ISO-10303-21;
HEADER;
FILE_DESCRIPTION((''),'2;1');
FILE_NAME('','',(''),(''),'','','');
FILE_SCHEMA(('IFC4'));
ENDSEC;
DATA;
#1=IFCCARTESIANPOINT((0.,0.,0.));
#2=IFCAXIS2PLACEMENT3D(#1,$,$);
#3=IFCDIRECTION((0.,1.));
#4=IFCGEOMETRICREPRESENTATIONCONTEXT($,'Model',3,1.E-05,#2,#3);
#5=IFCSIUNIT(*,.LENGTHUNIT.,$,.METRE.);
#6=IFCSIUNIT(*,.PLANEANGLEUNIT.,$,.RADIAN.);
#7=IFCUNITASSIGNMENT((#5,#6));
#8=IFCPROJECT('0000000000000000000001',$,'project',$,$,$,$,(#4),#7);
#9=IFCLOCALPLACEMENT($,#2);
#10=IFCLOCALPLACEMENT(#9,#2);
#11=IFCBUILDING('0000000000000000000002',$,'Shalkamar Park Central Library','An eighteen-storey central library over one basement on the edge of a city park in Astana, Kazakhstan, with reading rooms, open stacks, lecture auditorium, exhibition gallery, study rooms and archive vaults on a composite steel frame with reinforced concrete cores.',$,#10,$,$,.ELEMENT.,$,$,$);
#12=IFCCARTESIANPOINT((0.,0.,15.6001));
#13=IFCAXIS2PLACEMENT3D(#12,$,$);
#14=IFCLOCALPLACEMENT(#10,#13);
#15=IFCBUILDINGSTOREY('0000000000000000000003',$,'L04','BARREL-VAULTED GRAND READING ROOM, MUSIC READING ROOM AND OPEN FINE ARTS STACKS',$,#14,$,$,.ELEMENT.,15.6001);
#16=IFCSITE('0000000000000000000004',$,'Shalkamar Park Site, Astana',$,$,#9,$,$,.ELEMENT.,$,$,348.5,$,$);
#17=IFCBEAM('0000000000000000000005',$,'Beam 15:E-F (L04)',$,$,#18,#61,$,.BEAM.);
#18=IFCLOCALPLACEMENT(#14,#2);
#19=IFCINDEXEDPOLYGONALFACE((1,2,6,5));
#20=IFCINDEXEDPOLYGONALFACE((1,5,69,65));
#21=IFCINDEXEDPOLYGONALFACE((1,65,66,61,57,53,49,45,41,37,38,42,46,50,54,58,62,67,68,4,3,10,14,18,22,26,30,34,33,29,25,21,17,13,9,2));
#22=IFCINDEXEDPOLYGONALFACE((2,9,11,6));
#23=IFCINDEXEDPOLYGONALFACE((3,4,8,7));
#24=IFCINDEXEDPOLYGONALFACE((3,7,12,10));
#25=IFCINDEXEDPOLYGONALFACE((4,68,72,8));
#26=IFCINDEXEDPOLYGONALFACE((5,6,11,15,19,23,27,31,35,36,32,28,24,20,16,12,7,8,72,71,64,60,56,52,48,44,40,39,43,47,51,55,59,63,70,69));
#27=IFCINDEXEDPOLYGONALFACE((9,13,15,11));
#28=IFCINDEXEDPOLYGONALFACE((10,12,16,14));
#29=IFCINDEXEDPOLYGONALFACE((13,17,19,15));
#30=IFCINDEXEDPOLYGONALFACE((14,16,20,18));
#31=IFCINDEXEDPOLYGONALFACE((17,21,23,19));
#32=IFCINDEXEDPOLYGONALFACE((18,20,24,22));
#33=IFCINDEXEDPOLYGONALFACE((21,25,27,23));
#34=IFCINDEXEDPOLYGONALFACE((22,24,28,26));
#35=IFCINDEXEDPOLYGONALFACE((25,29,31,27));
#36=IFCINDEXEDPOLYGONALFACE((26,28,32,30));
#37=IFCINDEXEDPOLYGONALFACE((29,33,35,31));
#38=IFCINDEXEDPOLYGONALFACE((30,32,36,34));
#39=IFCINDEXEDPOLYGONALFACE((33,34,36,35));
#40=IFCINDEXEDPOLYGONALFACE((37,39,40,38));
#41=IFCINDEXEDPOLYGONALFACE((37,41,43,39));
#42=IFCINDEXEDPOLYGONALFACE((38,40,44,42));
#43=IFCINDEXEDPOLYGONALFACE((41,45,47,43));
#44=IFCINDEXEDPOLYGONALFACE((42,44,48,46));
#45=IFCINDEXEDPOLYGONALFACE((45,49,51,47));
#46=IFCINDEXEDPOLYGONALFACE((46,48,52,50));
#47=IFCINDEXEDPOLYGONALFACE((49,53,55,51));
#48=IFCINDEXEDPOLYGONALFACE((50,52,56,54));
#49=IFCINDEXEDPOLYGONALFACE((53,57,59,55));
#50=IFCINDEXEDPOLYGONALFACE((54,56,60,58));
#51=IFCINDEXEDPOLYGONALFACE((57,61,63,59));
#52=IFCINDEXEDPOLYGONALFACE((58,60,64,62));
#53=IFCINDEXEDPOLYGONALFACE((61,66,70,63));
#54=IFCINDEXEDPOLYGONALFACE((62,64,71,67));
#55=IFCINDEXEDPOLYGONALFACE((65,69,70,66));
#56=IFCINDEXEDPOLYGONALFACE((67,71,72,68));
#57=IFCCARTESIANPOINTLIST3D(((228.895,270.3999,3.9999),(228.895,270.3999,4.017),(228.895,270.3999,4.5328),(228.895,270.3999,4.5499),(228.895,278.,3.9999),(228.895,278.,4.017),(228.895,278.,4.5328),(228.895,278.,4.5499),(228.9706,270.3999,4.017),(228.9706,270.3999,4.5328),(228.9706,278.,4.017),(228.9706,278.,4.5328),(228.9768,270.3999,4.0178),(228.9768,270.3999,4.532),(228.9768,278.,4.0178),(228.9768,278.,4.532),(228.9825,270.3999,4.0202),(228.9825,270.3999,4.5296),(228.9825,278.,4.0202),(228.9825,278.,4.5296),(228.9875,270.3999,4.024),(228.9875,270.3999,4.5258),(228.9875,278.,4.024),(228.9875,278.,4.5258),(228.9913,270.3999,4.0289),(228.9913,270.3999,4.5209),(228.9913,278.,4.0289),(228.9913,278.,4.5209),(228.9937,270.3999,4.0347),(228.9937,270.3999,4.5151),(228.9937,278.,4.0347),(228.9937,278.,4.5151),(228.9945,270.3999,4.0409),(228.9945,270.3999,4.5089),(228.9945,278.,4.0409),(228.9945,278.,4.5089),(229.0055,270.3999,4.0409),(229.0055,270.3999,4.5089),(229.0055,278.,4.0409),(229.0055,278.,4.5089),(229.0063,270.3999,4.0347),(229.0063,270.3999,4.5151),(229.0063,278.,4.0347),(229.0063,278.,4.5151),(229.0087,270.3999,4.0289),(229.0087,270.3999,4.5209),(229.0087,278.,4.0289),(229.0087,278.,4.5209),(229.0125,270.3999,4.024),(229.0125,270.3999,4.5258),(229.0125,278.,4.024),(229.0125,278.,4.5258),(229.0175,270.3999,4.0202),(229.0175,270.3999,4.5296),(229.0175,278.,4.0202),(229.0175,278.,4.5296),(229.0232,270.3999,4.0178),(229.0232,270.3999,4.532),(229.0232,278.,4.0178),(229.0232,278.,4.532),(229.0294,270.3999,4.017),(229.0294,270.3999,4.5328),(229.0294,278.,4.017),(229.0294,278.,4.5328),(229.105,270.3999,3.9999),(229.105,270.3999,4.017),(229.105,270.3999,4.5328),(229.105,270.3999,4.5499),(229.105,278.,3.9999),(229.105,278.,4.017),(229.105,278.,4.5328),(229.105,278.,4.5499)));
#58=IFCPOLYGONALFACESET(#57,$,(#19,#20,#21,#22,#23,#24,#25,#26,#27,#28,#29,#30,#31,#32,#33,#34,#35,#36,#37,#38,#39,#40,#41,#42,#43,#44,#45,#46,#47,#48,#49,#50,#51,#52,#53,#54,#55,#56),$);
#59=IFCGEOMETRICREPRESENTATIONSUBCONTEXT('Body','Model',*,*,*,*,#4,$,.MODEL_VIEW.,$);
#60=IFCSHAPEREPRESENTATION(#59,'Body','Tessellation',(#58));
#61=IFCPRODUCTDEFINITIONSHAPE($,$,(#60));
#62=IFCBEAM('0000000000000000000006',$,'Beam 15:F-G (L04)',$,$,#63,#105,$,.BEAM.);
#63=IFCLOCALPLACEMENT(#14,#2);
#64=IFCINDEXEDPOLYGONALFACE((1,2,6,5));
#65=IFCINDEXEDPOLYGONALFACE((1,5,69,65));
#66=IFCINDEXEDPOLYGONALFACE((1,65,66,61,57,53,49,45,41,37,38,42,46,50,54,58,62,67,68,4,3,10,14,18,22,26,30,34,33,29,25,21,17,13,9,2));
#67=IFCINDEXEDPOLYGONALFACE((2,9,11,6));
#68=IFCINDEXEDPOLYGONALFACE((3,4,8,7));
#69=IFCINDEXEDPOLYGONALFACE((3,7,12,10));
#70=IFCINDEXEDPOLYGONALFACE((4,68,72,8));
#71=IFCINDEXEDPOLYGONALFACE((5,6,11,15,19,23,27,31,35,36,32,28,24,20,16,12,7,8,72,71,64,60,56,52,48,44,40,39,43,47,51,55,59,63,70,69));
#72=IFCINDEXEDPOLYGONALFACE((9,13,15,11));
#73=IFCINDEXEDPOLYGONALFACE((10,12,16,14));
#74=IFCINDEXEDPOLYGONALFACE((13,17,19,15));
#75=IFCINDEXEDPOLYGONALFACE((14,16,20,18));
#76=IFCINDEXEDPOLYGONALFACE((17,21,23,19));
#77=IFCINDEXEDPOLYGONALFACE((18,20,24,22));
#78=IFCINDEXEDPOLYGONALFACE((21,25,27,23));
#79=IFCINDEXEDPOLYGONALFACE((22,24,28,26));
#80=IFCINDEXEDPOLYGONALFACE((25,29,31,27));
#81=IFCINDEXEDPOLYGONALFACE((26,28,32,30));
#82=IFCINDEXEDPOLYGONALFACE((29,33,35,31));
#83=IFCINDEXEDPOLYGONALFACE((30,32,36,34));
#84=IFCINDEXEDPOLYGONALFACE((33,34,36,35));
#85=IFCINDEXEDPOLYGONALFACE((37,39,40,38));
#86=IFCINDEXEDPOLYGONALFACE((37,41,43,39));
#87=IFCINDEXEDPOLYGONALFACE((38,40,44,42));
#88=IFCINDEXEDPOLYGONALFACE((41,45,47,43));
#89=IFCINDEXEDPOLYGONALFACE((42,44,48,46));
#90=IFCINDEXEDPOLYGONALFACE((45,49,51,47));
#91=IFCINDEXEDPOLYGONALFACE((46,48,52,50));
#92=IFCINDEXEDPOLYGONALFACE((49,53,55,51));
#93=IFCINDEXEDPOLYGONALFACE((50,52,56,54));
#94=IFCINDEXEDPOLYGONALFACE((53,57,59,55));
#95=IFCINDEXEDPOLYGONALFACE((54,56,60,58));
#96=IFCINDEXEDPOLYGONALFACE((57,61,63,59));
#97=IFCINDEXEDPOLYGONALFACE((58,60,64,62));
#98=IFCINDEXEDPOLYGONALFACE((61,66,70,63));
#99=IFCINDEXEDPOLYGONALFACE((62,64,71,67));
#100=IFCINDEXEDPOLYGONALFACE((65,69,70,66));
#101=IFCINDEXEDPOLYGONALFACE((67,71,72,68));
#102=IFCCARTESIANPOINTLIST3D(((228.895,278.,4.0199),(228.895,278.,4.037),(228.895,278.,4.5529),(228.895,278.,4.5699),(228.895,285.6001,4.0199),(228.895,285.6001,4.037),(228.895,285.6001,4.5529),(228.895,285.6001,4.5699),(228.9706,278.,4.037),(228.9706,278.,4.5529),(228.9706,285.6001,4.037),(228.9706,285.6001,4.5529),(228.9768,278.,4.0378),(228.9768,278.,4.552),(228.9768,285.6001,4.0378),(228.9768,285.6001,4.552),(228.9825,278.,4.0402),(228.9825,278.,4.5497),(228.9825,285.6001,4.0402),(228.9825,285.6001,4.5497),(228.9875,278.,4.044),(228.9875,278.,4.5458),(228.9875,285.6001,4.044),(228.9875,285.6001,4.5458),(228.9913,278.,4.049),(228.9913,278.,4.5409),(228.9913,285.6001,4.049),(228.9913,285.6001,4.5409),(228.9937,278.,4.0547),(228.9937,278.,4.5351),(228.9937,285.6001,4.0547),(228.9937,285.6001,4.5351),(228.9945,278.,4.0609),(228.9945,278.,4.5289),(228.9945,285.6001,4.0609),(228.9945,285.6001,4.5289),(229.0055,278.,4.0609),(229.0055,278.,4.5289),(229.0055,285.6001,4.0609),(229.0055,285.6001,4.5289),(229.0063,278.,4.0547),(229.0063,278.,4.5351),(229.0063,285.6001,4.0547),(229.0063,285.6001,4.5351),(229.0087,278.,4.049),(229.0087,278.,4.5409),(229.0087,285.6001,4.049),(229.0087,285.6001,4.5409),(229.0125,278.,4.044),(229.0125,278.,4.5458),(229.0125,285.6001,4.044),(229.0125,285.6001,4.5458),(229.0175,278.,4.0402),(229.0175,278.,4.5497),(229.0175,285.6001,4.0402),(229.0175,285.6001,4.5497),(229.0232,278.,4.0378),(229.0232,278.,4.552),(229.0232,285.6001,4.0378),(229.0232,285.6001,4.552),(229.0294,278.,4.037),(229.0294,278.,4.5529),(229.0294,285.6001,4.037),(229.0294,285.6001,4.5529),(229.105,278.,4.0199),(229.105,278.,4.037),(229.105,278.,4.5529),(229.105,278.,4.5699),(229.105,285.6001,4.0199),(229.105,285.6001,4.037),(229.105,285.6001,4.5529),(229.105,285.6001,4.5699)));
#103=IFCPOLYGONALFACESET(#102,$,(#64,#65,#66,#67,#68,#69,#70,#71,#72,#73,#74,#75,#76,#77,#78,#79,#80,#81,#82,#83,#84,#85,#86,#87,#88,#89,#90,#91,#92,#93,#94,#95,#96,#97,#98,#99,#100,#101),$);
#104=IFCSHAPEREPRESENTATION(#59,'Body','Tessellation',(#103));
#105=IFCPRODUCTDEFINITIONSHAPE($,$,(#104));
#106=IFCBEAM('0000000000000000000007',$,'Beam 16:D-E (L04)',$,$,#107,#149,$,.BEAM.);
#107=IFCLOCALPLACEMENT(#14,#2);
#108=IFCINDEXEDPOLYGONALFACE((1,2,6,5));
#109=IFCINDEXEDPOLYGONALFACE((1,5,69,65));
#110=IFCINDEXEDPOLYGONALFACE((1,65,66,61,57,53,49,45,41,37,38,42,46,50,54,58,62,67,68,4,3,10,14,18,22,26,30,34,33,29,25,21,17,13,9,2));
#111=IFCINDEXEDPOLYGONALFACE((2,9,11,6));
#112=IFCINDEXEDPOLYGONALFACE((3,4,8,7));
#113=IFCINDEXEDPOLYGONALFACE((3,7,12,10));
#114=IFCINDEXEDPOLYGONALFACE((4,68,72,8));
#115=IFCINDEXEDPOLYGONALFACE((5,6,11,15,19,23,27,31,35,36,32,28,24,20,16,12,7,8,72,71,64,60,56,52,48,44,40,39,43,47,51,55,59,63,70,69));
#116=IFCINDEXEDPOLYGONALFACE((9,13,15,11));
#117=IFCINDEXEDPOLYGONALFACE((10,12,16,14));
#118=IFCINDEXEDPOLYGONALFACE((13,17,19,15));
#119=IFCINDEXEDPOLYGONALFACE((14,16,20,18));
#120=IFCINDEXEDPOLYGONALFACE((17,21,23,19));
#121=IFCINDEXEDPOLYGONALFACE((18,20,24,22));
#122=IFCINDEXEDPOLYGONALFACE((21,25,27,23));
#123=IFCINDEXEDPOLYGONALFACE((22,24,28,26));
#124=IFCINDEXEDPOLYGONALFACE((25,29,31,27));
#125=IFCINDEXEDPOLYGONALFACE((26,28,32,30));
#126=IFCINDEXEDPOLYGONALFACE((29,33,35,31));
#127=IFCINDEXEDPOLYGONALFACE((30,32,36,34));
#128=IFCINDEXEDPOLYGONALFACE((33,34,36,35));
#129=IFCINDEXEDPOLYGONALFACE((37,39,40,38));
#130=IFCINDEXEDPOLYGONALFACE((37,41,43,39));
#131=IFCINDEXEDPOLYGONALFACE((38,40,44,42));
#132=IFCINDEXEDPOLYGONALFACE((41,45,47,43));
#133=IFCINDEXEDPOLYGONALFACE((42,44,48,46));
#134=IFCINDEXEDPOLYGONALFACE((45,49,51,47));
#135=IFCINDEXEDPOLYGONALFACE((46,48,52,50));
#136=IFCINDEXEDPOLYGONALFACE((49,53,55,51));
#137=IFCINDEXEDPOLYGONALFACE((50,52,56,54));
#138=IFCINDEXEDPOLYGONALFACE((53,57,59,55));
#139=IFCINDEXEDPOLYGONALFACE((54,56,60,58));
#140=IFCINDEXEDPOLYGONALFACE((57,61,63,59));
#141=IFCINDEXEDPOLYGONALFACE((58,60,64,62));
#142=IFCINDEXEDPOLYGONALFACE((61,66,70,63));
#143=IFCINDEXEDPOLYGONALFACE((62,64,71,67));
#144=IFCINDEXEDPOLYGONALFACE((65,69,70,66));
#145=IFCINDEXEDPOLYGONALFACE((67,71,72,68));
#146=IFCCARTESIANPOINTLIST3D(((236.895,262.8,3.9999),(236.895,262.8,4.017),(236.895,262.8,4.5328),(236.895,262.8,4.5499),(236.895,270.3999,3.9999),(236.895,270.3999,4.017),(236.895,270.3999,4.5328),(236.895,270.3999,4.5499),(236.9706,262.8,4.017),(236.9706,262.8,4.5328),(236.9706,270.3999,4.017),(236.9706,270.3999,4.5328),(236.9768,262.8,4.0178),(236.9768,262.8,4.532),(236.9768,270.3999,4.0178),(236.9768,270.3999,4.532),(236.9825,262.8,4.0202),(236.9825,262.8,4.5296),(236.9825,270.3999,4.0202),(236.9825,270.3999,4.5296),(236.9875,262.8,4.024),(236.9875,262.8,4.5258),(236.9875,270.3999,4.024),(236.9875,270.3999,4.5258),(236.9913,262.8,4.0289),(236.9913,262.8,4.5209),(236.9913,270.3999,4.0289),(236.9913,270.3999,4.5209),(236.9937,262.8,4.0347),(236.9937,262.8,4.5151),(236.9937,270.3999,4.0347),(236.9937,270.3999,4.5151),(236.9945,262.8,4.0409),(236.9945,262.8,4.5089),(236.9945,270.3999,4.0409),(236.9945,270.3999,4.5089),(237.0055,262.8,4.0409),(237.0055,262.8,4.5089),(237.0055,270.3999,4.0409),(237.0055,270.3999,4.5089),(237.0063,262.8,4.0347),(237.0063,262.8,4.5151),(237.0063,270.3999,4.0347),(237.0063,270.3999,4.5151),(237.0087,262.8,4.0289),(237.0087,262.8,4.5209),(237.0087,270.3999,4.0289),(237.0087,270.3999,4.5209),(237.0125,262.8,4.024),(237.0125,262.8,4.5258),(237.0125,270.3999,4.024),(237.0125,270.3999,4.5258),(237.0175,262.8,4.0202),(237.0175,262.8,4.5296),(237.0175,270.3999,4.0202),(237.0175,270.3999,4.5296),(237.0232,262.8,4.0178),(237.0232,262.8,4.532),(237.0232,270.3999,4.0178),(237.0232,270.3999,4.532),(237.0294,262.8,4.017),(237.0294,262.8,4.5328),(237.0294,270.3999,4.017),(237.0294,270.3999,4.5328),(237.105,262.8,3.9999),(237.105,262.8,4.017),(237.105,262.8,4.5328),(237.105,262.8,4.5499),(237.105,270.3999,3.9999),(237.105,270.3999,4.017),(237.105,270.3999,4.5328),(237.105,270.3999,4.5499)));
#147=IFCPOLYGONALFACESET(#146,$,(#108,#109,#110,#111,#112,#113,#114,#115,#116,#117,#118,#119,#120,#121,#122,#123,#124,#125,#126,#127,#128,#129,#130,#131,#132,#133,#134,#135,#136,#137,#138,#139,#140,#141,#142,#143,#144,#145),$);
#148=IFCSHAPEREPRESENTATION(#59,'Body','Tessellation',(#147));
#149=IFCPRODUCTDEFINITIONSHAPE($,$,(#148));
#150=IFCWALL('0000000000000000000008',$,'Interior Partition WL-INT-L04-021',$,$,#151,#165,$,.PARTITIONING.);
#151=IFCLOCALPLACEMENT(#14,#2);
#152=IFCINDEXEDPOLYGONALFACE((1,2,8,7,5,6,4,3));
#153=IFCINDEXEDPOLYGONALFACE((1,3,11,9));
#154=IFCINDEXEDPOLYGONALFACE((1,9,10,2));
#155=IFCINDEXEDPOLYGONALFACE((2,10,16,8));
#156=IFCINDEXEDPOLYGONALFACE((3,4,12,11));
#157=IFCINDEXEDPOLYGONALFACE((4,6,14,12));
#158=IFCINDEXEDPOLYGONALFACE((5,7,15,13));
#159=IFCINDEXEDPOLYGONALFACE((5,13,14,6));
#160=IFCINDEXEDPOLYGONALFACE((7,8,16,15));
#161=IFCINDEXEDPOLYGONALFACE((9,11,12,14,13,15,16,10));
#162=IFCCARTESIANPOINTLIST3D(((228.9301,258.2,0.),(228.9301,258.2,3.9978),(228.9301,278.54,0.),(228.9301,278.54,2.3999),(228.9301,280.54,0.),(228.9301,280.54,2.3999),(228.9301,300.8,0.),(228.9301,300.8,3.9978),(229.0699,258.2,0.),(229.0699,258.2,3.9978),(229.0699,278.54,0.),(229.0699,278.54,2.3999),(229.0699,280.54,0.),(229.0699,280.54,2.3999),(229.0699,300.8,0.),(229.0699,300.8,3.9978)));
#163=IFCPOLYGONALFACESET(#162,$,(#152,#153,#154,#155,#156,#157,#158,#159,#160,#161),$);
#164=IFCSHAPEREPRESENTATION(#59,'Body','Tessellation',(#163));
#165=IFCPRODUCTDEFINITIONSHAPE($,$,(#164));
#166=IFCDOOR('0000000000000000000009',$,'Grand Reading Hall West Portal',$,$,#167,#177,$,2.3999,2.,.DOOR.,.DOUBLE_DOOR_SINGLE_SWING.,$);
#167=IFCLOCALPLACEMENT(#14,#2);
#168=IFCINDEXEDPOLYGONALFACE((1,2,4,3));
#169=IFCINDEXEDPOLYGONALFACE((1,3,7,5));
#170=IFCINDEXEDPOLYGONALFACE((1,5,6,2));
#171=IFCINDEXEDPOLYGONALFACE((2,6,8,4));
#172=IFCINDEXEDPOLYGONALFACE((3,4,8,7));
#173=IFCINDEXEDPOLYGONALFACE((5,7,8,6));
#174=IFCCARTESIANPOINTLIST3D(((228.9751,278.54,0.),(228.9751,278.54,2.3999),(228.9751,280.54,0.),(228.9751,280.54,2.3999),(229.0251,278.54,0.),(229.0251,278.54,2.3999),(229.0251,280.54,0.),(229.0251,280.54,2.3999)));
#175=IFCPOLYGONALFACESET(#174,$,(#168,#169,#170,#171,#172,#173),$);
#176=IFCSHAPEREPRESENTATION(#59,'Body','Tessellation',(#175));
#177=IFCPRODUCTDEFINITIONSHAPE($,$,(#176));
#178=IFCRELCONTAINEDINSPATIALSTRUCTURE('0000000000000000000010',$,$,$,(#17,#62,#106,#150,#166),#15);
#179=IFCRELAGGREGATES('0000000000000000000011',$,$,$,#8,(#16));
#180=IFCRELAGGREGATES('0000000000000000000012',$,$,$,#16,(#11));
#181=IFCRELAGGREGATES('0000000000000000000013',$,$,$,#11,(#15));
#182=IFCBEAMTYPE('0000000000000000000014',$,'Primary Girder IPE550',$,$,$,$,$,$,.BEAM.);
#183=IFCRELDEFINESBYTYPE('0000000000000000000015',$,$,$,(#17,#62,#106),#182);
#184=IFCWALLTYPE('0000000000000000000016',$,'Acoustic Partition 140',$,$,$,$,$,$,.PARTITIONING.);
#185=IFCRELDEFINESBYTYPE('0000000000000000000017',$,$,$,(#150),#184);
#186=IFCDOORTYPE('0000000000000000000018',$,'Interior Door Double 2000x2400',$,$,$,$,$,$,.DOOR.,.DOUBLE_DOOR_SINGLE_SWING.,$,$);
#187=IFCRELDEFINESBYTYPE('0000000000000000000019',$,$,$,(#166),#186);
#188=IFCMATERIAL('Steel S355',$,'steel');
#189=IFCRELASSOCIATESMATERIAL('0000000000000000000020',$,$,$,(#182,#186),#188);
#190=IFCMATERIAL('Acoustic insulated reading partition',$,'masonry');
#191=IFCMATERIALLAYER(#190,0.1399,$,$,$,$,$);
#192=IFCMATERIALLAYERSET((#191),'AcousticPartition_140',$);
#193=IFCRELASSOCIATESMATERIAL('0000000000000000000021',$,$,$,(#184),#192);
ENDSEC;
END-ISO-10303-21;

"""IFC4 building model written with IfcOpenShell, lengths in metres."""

from ifc_helpers import new_model, si_unit, direction, frame, frame_2d, origin, origin_2d, place, context, subcontext, project, spatial, rectangle, i_section, extrude, material, layer, layer_set, material_profile, profile_set, type_object, element, fill, save


model = new_model("IFC4")

# Units and contexts
model_context = context("Model", 3, precision=1e-05, world=origin(), true_north=direction((0.0, 1.0)))
body_context = subcontext(model_context, "Body", "Model", "MODEL_VIEW")
ifc_project = project(units=[si_unit("LENGTHUNIT", "METRE"), si_unit("PLANEANGLEUNIT", "RADIAN")], contexts=[model_context])

# Site, building, storey
site_placement = place(None, origin())
site = spatial("IfcSite", under=ifc_project, at=site_placement, Name="Shalkamar Park Site, Astana", CompositionType="ELEMENT", RefElevation=348.5)
building_placement = place(site_placement, origin())
building = spatial("IfcBuilding", under=site, at=building_placement, Name="Shalkamar Park Central Library", Description="An eighteen-storey central library over one basement on the edge of a city park in Astana, Kazakhstan, with reading rooms, open stacks, lecture auditorium, exhibition gallery, study rooms and archive vaults on a composite steel frame with reinforced concrete cores.", CompositionType="ELEMENT")
storey_placement = place(building_placement, frame((0.0, 0.0, 15.6001)))
storey = spatial("IfcBuildingStorey", under=building, at=storey_placement, Name="L04", Description="BARREL-VAULTED GRAND READING ROOM, MUSIC READING ROOM AND OPEN FINE ARTS STACKS", CompositionType="ELEMENT", Elevation=15.6001)

# Shared definitions
ifc_material_1 = material(Name="Steel S355", Category="steel")

# Beams
ifc_material_profile_1 = material_profile(ifc_material_1, i_section(OverallWidth=0.21, OverallDepth=0.55, WebThickness=0.011, FlangeThickness=0.0171, FilletRadius=0.0239, at=origin_2d()), Name="IPE 550")
ifc_profile_set_1 = profile_set([ifc_material_profile_1], Name="Steel S355")
beam_type_1 = type_object("IfcBeamType", Name="Primary Girder IPE550", PredefinedType="BEAM", material=ifc_profile_set_1)
for number, where, z_axis, x_axis, name in (
    (1, (229.0, 270.3999, 4.2749), (0.0, 1.0, 0.0), (-1.0, 0.0, 0.0), "Beam 15:E-F (L04)"),
    (2, (229.0, 278.0, 4.2949), (0.0, 1.0, 0.0), (-1.0, 0.0, 0.0), "Beam 15:F-G (L04)"),
):
    element("IfcBeam", number, at=place(storey_placement, frame(where, z_axis=z_axis, x_axis=x_axis)), inside=storey, type_object=beam_type_1, Name=name, PredefinedType="BEAM", context=body_context, shape_type="SweptSolid", body=[
        extrude(i_section(OverallWidth=0.21, OverallDepth=0.55, WebThickness=0.011, FlangeThickness=0.0171, FilletRadius=0.0239, at=origin_2d()), origin(), (0.0, 0.0, 1.0), 7.6001),
    ])
beam_1_placement = place(storey_placement, frame((237.0, 262.8, 4.2749), z_axis=(0.0, 1.0, 0.0), x_axis=(-1.0, 0.0, 0.0)))
element("IfcBeam", 3, at=beam_1_placement, inside=storey, type_object=beam_type_1, Name="Beam 16:D-E (L04)", PredefinedType="BEAM", context=body_context, shape_type="SweptSolid", body=[
    extrude(i_section(OverallWidth=0.21, OverallDepth=0.55, WebThickness=0.011, FlangeThickness=0.0171, FilletRadius=0.0239, at=origin_2d()), origin(), (0.0, 0.0, 1.0), 7.5999),
])

# Wall, opening, door
ifc_material_2 = material(Name="Acoustic insulated reading partition", Category="masonry")
ifc_layer_1 = layer(ifc_material_2, 0.1399)
ifc_layer_set_1 = layer_set([ifc_layer_1], Name="AcousticPartition_140")
wall_type_1 = type_object("IfcWallType", Name="Acoustic Partition 140", PredefinedType="PARTITIONING", material=ifc_layer_set_1)
wall_1_placement = place(storey_placement, frame((229.0, 258.2, 0.0), z_axis=(0.0, 0.0, 1.0), x_axis=(0.0, 1.0, 0.0)))
wall_1 = element("IfcWall", 4, at=wall_1_placement, inside=storey, type_object=wall_type_1, Name="Interior Partition WL-INT-L04-021", PredefinedType="PARTITIONING", context=body_context, shape_type="SweptSolid", body=[
    extrude(rectangle(XDim=42.6001, YDim=0.1399, at=frame_2d((21.3, 0.0))), origin(), (0.0, 0.0, 1.0), 3.9978),
])
opening_1_placement = place(wall_1_placement, frame((20.3401, 0.0, 0.0)))
opening_1 = element("IfcOpeningElement", 5, at=opening_1_placement, cuts=wall_1, PredefinedType="OPENING", context=body_context, shape_type="SweptSolid", body=[
    extrude(rectangle(XDim=2.0, YDim=2.3999, at=frame_2d((1.0, 1.2))), frame((0.0, 0.085, 0.0), z_axis=(0.0, -1.0, 0.0), x_axis=(1.0, 0.0, 0.0)), (0.0, 0.0, 1.0), 0.1697),
])
door_type_1 = type_object("IfcDoorType", Name="Interior Door Double 2000x2400", OperationType="DOUBLE_DOOR_SINGLE_SWING", PredefinedType="DOOR", material=ifc_material_1)
door_1_placement = place(opening_1_placement, origin())
door_1 = element("IfcDoor", 6, at=door_1_placement, inside=storey, type_object=door_type_1, Name="Grand Reading Hall West Portal", OperationType="DOUBLE_DOOR_SINGLE_SWING", OverallHeight=2.3999, OverallWidth=2.0, PredefinedType="DOOR", context=body_context, shape_type="SweptSolid", body=[
    extrude(rectangle(XDim=2.0, YDim=2.3999, at=frame_2d((1.0, 1.2))), frame((0.0, 0.0249, 0.0), z_axis=(0.0, -1.0, 0.0), x_axis=(1.0, 0.0, 0.0)), (0.0, 0.0, 1.0), 0.05),
])
fill(opening_1, door_1)

save(model, "model.ifc")
